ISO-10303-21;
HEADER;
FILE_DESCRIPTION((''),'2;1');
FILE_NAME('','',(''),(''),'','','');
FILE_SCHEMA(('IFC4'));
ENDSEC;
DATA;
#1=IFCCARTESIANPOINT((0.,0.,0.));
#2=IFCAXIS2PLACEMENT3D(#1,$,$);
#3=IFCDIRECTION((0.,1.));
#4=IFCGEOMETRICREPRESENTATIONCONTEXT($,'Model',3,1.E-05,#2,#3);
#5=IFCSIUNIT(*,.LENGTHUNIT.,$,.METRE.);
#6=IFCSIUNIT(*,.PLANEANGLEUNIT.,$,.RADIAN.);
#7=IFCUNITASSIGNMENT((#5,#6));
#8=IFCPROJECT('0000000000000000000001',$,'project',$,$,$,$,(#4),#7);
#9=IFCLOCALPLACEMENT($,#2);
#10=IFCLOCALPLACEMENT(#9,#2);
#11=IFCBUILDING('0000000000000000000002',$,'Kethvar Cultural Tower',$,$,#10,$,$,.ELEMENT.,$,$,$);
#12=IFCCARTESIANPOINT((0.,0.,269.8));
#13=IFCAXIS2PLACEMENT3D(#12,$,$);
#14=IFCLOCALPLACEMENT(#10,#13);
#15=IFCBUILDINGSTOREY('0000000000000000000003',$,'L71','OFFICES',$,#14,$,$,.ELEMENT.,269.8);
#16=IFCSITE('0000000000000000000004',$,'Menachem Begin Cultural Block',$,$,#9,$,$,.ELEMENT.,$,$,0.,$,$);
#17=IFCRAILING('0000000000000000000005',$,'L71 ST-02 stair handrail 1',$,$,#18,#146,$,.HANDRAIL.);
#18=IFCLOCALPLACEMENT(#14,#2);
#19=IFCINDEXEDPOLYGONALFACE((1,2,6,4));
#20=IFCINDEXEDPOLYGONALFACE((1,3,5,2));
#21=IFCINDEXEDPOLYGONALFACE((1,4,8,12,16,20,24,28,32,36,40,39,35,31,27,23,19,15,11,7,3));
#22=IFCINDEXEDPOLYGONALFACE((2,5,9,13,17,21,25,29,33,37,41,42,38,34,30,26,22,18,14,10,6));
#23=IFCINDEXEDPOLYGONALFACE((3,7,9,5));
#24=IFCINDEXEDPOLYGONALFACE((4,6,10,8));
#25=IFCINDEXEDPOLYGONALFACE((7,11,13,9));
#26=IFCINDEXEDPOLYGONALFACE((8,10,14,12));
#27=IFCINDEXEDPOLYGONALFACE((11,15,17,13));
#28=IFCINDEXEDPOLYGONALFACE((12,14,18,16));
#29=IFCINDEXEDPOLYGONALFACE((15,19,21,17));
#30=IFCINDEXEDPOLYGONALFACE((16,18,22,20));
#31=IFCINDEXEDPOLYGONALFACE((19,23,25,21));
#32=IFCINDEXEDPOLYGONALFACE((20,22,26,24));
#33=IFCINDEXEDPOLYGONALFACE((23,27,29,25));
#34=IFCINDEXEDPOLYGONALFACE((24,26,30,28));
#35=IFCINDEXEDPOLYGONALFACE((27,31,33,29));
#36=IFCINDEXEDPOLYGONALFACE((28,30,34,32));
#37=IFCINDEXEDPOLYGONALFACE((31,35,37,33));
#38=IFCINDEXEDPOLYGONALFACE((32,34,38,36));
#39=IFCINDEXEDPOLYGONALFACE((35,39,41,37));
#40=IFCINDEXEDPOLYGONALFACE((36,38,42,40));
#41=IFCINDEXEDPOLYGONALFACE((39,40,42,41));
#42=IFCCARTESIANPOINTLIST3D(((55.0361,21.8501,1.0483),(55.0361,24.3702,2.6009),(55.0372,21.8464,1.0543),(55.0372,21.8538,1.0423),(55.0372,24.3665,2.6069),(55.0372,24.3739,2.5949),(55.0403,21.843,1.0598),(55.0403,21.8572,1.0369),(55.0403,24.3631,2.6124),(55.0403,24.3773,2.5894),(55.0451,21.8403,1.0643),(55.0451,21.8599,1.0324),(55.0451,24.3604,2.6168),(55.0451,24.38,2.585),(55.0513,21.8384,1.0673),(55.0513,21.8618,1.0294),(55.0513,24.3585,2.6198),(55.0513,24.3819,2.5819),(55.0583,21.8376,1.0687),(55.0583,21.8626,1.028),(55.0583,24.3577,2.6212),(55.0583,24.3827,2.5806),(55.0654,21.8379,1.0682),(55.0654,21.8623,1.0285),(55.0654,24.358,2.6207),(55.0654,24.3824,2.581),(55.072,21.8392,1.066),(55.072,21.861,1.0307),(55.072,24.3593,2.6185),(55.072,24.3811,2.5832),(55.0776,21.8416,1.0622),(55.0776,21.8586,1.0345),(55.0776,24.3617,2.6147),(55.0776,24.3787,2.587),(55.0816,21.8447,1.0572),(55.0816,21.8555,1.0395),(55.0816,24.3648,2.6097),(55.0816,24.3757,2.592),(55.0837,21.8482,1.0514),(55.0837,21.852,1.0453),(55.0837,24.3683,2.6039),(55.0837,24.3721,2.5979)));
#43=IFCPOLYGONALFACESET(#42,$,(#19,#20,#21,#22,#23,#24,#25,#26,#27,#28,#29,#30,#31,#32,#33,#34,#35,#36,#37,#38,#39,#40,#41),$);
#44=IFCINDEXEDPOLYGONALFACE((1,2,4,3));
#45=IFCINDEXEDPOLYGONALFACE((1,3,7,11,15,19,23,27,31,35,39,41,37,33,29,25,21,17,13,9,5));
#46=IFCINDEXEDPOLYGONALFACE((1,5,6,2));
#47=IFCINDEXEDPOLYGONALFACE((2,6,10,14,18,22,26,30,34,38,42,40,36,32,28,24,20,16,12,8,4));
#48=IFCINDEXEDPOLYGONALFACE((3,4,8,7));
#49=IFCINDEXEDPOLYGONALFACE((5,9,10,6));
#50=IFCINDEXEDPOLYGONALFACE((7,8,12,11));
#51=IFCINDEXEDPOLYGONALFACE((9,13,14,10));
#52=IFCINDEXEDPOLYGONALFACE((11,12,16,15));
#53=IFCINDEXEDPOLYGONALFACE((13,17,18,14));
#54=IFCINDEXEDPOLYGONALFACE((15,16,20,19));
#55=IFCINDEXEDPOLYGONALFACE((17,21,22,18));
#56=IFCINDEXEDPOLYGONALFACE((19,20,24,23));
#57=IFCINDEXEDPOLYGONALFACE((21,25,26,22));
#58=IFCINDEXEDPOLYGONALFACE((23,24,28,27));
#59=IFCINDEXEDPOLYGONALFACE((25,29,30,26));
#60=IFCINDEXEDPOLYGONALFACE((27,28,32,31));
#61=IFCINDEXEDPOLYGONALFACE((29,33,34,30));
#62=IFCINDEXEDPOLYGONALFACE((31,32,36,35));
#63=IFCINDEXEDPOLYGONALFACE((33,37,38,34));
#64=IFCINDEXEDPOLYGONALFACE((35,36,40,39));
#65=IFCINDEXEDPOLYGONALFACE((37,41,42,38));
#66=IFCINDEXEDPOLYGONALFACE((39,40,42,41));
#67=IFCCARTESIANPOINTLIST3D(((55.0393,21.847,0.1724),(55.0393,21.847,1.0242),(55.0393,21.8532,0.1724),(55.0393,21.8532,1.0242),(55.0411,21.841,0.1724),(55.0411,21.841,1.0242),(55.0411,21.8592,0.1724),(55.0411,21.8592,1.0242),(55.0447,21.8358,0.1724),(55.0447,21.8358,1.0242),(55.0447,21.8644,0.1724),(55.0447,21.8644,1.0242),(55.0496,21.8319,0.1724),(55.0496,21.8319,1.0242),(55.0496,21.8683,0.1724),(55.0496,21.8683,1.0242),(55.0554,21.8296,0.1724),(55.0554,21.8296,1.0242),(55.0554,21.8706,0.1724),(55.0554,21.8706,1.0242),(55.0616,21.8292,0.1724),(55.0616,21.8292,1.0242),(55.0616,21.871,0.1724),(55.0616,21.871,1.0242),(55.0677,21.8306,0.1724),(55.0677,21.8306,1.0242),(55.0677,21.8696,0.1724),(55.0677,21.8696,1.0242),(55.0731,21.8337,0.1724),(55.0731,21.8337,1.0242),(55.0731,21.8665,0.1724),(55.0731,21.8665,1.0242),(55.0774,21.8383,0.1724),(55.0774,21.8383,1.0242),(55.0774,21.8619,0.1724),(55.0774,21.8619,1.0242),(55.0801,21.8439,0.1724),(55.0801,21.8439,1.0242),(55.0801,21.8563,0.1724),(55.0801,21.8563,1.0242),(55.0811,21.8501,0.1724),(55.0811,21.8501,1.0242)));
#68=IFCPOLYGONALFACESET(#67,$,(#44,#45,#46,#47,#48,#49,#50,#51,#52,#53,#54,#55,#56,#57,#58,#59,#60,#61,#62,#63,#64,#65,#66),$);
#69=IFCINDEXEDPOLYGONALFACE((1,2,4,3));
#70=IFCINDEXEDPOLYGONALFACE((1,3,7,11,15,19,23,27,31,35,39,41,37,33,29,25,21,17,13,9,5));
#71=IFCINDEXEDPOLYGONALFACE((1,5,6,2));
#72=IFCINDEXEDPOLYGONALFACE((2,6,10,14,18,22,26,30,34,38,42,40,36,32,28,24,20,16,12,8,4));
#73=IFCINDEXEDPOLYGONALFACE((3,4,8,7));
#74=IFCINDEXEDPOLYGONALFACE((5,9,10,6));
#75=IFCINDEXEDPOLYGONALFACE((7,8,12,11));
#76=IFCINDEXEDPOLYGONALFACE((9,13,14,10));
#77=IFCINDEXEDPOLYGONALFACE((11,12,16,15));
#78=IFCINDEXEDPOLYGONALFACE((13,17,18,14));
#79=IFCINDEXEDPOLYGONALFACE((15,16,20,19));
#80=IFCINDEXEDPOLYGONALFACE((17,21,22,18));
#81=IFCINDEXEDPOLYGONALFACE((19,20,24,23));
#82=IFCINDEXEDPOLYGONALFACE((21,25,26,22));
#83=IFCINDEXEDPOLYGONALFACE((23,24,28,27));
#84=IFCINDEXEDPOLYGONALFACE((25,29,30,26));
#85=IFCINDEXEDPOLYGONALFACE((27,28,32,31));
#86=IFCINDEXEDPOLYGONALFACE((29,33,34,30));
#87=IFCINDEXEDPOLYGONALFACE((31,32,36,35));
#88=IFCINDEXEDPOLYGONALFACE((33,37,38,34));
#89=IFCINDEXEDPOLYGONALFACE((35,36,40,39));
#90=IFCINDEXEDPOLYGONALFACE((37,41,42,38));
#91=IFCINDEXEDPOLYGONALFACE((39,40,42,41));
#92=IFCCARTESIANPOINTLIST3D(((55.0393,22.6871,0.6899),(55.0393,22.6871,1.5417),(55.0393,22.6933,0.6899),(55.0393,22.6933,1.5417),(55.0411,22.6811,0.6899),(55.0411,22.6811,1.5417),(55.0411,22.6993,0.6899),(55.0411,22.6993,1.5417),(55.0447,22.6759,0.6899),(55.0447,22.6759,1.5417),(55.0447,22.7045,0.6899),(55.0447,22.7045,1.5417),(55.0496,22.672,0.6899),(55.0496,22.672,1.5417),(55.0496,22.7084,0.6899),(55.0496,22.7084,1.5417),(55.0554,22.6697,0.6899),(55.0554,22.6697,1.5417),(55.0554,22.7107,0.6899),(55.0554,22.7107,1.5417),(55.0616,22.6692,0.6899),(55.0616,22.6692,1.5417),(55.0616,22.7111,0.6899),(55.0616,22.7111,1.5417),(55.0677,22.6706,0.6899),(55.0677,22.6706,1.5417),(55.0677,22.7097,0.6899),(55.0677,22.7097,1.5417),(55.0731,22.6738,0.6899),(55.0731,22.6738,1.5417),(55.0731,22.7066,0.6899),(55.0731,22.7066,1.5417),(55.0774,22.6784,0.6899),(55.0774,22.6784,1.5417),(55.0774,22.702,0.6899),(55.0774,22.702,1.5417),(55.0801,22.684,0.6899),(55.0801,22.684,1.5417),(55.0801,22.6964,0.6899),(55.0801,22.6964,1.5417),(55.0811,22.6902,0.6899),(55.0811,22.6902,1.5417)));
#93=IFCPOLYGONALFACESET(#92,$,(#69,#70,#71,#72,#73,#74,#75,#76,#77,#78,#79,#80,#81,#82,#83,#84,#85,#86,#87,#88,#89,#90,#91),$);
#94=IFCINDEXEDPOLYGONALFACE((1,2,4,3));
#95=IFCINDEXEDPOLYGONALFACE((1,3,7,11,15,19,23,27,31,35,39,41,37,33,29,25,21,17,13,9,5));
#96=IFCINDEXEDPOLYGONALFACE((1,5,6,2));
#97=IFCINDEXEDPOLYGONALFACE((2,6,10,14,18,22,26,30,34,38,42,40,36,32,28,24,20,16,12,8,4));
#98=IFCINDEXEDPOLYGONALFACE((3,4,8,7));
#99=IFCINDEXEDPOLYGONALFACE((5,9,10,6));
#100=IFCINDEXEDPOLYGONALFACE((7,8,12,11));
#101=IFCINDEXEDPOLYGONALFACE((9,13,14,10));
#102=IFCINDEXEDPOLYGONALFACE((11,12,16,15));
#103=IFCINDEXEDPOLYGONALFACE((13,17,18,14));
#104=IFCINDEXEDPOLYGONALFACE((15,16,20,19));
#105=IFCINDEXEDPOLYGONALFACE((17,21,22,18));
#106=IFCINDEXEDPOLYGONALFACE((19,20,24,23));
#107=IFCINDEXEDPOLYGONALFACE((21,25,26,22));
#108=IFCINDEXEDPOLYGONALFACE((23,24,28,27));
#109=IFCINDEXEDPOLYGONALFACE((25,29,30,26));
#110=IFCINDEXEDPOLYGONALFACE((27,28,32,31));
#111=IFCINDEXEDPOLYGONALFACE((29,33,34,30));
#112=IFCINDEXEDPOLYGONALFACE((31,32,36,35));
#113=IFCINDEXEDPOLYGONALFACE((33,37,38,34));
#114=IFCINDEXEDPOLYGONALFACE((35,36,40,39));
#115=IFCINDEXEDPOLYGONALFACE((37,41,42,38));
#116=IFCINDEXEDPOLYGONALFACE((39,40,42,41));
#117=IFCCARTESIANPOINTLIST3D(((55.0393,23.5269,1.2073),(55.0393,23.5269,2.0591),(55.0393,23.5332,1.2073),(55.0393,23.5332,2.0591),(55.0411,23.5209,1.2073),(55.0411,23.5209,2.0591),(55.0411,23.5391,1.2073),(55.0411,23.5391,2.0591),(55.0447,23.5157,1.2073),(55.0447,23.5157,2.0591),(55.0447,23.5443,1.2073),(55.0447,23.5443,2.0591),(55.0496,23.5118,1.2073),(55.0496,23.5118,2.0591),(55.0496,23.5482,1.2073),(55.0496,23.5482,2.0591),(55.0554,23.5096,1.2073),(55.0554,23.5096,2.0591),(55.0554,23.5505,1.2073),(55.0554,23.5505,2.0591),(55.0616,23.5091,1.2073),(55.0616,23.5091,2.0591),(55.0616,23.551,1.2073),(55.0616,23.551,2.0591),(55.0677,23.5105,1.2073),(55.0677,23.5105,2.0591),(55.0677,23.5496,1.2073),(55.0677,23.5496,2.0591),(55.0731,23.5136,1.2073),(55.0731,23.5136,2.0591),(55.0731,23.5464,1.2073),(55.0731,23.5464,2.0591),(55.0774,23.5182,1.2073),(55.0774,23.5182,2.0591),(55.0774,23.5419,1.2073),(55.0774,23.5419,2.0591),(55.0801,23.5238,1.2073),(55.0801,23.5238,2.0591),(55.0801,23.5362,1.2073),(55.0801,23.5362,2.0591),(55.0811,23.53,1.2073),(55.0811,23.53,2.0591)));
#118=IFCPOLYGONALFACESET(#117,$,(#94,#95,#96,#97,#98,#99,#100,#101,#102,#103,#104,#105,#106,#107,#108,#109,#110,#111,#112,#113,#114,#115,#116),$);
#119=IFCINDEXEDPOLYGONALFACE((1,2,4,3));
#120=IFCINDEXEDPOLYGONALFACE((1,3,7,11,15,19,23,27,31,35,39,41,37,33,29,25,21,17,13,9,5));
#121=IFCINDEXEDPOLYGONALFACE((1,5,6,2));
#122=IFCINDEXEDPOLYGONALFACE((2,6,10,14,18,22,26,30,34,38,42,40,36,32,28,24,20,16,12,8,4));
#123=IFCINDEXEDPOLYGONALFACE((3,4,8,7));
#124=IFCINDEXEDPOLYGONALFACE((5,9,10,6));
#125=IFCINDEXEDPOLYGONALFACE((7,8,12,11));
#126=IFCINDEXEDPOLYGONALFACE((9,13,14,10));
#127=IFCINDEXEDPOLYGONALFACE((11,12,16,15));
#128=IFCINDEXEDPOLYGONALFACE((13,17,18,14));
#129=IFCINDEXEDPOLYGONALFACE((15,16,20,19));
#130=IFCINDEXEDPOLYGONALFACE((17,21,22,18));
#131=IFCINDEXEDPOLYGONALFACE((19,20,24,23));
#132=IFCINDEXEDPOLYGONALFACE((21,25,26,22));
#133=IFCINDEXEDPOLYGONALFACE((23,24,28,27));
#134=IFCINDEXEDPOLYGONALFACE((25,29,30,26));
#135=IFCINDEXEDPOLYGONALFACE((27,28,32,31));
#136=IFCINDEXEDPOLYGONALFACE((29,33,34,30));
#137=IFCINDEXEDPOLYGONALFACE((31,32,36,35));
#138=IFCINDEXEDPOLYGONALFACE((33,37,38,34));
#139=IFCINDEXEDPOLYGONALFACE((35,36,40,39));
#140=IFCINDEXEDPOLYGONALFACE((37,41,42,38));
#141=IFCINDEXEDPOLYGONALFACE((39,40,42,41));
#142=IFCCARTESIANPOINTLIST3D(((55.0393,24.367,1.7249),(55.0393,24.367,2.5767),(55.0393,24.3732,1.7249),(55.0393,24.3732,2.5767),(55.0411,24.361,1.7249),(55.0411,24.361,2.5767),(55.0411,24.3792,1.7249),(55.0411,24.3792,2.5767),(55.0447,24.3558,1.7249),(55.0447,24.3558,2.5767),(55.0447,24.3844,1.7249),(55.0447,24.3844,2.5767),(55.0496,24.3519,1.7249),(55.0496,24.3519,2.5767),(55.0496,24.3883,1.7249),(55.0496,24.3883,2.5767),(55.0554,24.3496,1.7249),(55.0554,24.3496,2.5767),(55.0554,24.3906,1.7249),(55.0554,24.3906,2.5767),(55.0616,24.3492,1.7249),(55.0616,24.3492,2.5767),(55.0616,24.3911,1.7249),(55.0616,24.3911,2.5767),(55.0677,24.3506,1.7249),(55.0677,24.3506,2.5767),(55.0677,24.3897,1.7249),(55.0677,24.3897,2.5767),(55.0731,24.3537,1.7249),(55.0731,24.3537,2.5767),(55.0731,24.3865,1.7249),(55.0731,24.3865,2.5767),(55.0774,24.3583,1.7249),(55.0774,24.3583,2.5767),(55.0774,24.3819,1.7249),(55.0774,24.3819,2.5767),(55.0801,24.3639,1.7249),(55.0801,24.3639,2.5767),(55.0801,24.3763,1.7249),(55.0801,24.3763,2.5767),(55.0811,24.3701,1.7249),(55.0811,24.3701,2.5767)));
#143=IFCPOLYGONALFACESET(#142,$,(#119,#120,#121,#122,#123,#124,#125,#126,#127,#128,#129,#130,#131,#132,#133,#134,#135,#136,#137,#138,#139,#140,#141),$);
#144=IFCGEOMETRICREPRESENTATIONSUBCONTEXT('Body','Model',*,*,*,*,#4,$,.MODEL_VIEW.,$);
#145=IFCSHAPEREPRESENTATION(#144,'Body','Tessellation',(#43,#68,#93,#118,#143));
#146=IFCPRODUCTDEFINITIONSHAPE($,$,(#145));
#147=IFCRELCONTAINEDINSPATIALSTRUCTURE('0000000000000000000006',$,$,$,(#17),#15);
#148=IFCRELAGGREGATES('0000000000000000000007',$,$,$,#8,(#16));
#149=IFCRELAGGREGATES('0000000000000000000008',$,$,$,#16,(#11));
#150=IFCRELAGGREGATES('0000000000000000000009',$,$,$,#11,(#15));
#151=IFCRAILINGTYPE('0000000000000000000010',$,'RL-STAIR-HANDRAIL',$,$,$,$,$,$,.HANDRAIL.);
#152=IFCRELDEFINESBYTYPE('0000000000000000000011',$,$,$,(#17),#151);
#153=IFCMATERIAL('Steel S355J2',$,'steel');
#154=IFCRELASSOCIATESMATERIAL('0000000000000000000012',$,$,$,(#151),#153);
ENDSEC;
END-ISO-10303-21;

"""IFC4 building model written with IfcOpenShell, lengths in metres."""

from ifc_helpers import new_model, si_unit, direction, frame, origin, origin_2d, place, context, subcontext, project, spatial, circle, extrude, material, type_object, element, save


model = new_model("IFC4")

# Units and contexts
model_context = context("Model", 3, precision=1e-05, world=origin(), true_north=direction((0.0, 1.0)))
body_context = subcontext(model_context, "Body", "Model", "MODEL_VIEW")
ifc_project = project(units=[si_unit("LENGTHUNIT", "METRE"), si_unit("PLANEANGLEUNIT", "RADIAN")], contexts=[model_context])

# Site, building, storey
site_placement = place(None, origin())
site = spatial("IfcSite", under=ifc_project, at=site_placement, Name="Menachem Begin Cultural Block", CompositionType="ELEMENT", RefElevation=0.0)
building_placement = place(site_placement, origin())
building = spatial("IfcBuilding", under=site, at=building_placement, Name="Kethvar Cultural Tower", CompositionType="ELEMENT")
storey_placement = place(building_placement, frame((0.0, 0.0, 269.8)))
storey = spatial("IfcBuildingStorey", under=building, at=storey_placement, Name="L71", Description="OFFICES", CompositionType="ELEMENT", Elevation=269.8)

# Shared definitions
ifc_material_1 = material(Name="Steel S355J2", Category="steel")

# Railing
railing_type_1 = type_object("IfcRailingType", Name="RL-STAIR-HANDRAIL", PredefinedType="HANDRAIL", material=ifc_material_1)
railing_1_placement = place(storey_placement, frame((55.0601, 21.8501, 0.1724)))
element("IfcRailing", 1, at=railing_1_placement, inside=storey, type_object=railing_type_1, Name="L71 ST-02 stair handrail 1", PredefinedType="HANDRAIL", context=body_context, shape_type="SweptSolid", body=[
    extrude(circle(Radius=0.0239, at=origin_2d()), frame((0.0, 0.0, 0.876), z_axis=(0.0, 0.8514, 0.524516), x_axis=(-1.0, 0.0, 0.0)), (0.0, 0.0, 1.0), 2.96),
    extrude(circle(Radius=0.021, at=origin_2d()), origin(), (0.0, 0.0, 1.0), 0.8518),
    extrude(circle(Radius=0.021, at=origin_2d()), frame((0.0, 0.8401, 0.5176)), (0.0, 0.0, 1.0), 0.8518),
    extrude(circle(Radius=0.021, at=origin_2d()), frame((0.0, 1.6799, 1.0349)), (0.0, 0.0, 1.0), 0.8518),
    extrude(circle(Radius=0.021, at=origin_2d()), frame((0.0, 2.52, 1.5525)), (0.0, 0.0, 1.0), 0.8518),
])

save(model, "model.ifc")
